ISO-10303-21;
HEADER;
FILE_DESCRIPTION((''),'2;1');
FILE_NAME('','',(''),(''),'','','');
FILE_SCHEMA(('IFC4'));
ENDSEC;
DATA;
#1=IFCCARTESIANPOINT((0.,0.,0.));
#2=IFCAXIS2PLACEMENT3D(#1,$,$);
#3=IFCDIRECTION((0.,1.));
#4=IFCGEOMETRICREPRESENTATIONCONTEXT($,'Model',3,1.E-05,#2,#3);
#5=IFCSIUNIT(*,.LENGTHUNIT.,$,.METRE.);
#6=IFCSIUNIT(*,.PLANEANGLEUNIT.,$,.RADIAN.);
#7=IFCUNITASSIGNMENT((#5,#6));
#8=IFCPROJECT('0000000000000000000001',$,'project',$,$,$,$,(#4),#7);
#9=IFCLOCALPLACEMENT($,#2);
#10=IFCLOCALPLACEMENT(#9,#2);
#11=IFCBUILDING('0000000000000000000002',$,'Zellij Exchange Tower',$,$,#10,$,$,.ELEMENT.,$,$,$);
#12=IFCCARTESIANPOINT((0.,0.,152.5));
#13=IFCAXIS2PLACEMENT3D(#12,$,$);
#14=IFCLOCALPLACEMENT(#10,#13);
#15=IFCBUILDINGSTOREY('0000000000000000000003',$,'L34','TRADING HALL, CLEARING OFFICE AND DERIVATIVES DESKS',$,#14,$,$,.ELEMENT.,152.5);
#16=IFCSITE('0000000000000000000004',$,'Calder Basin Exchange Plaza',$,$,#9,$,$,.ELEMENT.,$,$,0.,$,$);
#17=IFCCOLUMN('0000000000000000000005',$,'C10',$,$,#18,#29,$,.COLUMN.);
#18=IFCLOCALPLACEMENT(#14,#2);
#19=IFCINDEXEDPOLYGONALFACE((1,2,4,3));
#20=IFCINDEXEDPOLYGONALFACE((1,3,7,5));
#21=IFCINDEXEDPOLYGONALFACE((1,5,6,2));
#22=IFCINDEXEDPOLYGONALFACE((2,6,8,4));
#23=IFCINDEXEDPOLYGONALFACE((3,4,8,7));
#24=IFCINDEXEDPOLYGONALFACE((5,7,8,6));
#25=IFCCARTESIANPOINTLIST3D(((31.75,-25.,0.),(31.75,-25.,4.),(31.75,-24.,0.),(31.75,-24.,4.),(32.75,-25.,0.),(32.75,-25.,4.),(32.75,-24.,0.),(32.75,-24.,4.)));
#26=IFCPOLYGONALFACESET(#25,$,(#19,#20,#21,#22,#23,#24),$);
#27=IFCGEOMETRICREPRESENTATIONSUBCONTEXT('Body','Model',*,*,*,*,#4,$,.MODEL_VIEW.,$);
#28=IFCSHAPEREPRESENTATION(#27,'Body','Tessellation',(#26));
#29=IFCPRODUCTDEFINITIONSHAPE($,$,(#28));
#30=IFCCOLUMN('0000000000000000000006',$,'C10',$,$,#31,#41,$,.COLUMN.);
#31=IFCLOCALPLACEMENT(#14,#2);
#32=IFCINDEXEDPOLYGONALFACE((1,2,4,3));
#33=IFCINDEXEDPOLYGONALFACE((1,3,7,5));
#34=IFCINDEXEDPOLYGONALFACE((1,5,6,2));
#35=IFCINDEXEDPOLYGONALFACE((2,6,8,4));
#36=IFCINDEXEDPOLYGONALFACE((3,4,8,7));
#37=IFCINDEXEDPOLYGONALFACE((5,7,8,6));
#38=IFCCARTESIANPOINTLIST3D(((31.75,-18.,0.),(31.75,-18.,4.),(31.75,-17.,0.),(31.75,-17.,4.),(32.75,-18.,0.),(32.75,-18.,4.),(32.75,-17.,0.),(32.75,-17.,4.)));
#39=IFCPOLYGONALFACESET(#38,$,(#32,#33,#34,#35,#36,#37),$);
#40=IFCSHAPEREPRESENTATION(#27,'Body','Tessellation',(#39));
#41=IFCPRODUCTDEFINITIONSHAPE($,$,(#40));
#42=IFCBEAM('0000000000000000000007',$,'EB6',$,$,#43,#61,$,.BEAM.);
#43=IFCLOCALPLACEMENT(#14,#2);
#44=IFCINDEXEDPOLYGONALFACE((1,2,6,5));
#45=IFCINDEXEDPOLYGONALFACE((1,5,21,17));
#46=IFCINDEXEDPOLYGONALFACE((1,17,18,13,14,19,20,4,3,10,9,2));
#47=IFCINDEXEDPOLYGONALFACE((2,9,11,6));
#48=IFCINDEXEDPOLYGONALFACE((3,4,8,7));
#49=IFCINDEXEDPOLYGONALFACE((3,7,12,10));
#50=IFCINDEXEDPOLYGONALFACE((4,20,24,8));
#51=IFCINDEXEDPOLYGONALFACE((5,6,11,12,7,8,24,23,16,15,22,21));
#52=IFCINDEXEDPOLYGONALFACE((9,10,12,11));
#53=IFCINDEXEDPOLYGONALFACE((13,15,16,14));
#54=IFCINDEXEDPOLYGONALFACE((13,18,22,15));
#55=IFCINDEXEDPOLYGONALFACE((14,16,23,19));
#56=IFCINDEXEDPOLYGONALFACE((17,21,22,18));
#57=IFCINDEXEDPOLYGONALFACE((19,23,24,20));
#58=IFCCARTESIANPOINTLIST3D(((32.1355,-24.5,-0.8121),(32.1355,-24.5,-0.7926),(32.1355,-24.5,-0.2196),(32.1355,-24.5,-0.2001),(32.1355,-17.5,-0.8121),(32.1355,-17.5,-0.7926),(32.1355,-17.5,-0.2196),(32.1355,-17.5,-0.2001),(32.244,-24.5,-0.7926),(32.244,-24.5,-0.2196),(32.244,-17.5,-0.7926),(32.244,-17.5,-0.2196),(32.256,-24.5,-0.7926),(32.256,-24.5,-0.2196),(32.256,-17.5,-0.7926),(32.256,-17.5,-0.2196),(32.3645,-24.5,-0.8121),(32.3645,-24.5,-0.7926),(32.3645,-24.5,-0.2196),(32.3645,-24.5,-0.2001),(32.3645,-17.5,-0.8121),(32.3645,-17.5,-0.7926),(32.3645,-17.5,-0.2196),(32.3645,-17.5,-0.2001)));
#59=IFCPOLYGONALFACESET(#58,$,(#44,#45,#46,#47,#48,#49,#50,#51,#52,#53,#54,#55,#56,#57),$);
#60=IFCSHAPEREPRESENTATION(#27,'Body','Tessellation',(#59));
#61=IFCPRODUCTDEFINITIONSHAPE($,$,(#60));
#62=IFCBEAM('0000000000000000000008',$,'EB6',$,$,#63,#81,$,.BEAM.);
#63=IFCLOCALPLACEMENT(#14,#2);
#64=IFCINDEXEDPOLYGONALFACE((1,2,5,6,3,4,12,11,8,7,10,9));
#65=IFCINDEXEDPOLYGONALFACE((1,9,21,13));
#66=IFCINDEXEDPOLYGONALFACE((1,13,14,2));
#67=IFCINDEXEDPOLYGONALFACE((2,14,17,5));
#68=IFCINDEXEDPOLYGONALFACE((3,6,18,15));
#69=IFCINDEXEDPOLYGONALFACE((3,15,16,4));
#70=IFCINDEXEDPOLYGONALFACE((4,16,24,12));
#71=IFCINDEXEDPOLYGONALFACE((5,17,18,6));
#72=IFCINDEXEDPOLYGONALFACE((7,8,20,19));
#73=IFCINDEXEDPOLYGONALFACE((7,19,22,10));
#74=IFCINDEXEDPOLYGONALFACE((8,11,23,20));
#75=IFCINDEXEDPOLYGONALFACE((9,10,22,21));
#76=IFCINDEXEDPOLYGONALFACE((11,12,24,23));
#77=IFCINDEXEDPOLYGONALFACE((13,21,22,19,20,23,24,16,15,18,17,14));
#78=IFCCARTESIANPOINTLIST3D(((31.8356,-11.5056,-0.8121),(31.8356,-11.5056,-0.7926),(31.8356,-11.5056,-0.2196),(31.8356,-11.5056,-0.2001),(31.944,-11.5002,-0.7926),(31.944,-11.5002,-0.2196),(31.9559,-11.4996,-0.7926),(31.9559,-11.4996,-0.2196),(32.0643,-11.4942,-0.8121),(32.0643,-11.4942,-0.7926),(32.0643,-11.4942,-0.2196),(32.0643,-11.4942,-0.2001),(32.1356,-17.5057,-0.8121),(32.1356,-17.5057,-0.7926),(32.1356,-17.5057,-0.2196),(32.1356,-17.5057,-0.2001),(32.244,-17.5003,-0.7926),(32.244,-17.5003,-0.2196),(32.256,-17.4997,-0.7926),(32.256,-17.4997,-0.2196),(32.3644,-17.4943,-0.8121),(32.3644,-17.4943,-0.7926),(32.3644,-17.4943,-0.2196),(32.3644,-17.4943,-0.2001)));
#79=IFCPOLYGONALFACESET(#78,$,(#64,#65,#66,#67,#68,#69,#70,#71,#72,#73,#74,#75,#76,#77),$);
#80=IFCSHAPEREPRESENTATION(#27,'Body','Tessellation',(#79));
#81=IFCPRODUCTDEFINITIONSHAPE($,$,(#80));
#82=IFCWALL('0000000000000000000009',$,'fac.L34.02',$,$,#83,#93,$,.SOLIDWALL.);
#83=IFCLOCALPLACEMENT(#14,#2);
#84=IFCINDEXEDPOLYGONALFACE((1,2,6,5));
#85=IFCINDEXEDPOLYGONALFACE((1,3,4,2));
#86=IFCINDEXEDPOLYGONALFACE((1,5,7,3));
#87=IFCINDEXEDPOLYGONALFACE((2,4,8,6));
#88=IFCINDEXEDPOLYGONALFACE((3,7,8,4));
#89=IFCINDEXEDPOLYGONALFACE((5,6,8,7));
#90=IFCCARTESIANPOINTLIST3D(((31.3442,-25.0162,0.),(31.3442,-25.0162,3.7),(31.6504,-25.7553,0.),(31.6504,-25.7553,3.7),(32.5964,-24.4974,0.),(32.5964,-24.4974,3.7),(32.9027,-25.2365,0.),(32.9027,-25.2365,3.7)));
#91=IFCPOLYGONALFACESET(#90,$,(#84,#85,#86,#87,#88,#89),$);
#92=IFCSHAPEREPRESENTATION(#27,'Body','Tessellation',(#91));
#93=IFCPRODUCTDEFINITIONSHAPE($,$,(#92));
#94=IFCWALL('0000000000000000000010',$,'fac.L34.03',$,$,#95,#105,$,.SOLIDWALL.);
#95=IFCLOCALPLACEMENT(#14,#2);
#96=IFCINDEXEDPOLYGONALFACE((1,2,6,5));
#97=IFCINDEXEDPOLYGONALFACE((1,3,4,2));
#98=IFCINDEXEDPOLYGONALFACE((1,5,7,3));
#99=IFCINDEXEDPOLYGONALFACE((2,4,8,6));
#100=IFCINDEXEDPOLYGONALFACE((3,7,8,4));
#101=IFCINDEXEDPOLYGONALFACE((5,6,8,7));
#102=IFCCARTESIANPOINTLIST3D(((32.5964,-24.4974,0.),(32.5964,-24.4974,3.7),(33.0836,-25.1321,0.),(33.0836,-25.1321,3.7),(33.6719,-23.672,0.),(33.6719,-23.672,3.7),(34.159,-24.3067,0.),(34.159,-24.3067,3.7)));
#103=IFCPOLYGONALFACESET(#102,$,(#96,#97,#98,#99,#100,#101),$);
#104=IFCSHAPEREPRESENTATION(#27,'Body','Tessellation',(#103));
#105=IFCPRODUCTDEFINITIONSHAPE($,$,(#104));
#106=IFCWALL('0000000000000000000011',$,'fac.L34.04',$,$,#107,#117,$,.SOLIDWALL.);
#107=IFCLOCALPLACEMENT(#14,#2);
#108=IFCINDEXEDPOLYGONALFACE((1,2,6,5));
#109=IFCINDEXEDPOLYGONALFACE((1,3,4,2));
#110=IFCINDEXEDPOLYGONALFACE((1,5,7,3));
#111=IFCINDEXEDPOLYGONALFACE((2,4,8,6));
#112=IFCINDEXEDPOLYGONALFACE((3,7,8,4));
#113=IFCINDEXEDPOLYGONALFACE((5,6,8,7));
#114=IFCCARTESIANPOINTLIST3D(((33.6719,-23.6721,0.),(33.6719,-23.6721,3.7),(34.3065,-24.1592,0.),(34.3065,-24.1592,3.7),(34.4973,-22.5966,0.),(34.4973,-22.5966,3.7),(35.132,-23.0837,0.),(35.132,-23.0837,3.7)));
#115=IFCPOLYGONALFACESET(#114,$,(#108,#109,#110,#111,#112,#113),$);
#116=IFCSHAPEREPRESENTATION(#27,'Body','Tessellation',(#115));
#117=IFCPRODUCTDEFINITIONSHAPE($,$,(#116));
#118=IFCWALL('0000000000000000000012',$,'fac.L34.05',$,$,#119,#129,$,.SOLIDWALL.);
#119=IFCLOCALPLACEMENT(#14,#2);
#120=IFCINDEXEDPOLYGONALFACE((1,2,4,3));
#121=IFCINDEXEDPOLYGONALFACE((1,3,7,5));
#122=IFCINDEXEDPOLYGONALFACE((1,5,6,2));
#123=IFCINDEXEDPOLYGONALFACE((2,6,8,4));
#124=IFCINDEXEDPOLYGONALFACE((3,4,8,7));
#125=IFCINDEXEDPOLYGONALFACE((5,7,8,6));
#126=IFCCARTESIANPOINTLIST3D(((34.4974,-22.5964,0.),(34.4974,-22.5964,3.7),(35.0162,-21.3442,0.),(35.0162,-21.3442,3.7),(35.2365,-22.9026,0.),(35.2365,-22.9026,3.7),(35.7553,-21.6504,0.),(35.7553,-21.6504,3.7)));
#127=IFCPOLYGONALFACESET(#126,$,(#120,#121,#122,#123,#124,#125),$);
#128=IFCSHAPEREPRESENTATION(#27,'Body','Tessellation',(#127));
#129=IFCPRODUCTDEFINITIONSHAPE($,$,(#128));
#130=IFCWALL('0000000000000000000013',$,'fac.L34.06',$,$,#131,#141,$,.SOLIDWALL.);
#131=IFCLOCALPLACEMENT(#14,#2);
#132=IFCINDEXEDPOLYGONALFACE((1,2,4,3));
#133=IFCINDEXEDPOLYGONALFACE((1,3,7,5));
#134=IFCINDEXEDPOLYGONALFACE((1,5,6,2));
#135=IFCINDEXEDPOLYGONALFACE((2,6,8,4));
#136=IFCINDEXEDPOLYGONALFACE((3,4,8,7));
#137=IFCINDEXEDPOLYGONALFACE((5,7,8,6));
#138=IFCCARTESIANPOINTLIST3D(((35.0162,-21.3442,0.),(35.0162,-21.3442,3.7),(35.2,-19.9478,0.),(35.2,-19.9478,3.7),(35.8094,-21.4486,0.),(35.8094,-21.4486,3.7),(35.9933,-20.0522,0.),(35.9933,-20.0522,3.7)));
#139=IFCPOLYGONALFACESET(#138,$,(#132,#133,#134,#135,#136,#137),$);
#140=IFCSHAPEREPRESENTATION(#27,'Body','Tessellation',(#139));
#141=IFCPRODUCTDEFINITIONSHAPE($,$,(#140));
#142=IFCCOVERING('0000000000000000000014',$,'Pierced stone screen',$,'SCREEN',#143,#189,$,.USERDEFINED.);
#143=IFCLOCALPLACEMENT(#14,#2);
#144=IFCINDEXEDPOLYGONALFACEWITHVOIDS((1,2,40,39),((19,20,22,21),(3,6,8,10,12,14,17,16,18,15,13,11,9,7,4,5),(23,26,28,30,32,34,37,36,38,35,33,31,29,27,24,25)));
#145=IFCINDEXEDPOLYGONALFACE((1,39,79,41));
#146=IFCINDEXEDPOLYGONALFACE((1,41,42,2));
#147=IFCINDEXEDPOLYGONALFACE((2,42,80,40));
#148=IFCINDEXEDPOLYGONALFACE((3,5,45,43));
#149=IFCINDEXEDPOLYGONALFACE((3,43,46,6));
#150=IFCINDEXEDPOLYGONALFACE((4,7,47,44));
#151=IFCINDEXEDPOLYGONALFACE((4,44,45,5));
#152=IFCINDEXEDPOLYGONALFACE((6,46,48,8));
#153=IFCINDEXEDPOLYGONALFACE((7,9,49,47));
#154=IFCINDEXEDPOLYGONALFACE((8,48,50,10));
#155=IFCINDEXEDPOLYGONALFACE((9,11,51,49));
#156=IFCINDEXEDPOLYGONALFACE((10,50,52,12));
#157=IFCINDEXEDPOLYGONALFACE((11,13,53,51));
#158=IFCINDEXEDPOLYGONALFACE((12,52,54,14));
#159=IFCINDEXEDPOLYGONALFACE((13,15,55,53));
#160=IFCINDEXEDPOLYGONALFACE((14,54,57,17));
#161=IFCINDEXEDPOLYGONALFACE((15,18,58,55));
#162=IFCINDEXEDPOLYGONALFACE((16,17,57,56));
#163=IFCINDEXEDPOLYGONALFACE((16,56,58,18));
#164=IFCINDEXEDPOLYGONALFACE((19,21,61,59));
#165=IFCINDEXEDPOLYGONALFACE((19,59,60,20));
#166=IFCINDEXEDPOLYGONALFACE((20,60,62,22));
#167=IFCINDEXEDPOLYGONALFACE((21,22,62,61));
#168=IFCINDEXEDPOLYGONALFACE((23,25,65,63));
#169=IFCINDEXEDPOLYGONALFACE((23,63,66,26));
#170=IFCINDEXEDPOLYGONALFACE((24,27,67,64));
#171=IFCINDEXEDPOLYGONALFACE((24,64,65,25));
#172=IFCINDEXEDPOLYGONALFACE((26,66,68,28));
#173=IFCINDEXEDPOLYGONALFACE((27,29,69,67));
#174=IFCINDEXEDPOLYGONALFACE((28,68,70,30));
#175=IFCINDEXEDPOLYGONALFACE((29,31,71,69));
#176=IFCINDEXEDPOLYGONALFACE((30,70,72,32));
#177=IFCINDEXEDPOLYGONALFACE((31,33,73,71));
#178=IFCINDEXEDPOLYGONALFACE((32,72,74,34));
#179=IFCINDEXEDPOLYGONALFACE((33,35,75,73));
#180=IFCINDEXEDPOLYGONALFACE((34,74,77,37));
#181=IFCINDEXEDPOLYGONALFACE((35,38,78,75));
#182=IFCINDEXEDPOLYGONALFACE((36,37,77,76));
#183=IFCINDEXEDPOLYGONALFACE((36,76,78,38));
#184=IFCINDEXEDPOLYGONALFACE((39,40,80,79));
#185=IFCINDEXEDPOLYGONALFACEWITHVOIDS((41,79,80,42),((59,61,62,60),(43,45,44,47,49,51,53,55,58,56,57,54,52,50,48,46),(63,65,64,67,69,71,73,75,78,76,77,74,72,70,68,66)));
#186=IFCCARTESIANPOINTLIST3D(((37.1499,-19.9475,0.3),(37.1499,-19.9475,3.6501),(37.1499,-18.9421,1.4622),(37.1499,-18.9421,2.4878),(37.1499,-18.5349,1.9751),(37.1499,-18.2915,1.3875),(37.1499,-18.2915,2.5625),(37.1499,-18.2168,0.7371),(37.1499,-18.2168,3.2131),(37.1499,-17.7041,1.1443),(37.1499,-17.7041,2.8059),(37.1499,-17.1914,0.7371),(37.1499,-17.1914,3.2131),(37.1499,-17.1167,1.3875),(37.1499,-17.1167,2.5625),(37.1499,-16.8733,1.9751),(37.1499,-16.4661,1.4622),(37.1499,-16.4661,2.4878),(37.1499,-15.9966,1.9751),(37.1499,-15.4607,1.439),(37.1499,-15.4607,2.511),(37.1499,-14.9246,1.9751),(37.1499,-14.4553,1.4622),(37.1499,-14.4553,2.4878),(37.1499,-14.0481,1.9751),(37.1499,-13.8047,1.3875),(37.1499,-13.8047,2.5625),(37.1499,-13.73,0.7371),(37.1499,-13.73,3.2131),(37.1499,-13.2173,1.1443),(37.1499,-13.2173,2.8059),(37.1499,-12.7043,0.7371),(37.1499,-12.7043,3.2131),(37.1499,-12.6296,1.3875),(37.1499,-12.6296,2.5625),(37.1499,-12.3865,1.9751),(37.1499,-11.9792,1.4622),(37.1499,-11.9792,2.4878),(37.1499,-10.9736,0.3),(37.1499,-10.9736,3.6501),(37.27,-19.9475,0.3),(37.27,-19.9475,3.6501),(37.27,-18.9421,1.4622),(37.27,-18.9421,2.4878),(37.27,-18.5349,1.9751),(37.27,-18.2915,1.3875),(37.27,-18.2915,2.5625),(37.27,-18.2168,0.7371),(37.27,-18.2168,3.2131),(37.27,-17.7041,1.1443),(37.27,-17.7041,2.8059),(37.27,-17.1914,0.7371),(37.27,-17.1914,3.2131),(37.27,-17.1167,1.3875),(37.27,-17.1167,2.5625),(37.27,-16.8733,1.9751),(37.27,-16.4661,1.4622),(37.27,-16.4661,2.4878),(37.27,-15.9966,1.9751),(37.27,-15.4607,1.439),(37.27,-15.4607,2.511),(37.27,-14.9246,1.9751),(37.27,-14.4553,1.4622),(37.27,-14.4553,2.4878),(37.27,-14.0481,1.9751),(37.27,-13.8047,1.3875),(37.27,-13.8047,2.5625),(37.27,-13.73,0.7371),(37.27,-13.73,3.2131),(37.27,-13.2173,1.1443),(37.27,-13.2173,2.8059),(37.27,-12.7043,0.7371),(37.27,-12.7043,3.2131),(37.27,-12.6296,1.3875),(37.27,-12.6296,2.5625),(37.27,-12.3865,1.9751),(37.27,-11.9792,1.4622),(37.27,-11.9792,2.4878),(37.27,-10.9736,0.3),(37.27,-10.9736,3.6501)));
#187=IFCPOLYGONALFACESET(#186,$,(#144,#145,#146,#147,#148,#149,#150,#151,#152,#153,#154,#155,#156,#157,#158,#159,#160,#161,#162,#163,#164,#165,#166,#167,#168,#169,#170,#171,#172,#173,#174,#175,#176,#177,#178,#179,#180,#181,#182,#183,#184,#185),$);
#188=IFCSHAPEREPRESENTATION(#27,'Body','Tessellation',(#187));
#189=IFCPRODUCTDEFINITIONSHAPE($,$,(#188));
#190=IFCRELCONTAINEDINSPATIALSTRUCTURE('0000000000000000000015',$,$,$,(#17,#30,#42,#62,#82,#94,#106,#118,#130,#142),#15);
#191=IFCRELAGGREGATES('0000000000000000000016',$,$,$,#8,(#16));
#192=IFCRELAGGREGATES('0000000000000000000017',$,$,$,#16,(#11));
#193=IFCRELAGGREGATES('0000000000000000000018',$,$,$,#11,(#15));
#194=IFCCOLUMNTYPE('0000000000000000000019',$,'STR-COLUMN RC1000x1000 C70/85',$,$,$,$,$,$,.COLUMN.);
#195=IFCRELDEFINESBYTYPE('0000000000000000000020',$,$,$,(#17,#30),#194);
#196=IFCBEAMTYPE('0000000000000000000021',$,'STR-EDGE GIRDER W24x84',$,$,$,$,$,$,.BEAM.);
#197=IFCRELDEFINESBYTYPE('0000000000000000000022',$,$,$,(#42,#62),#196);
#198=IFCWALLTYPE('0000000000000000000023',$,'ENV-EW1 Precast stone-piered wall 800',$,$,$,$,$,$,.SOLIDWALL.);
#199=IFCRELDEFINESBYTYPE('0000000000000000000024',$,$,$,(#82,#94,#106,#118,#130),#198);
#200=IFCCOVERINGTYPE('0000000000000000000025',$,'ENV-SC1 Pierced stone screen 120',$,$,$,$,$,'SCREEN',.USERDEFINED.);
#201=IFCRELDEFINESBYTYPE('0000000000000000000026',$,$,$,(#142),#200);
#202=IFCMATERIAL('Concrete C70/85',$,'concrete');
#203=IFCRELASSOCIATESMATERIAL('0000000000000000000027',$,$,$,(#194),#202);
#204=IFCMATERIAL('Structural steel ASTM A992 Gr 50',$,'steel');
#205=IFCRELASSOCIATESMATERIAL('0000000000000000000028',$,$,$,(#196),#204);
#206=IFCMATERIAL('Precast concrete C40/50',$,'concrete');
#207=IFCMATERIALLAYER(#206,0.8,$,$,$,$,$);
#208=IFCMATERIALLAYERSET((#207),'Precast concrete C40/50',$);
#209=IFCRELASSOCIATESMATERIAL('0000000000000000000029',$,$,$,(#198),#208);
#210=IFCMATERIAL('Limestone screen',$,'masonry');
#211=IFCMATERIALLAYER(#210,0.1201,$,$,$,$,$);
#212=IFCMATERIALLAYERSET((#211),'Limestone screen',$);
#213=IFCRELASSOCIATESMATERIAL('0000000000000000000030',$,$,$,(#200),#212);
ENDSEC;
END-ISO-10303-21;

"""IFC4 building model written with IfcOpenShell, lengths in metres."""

from ifc_helpers import new_model, si_unit, direction, frame, frame_2d, origin, origin_2d, place, context, subcontext, project, spatial, polyline, rectangle, i_section, outline, extrude, material, layer, layer_set, material_profile, profile_set, type_object, element, save


model = new_model("IFC4")

# Units and contexts
model_context = context("Model", 3, precision=1e-05, world=origin(), true_north=direction((0.0, 1.0)))
body_context = subcontext(model_context, "Body", "Model", "MODEL_VIEW")
ifc_project = project(units=[si_unit("LENGTHUNIT", "METRE"), si_unit("PLANEANGLEUNIT", "RADIAN")], contexts=[model_context])

# Site, building, storey
site_placement = place(None, origin())
site = spatial("IfcSite", under=ifc_project, at=site_placement, Name="Calder Basin Exchange Plaza", CompositionType="ELEMENT", RefElevation=0.0)
building_placement = place(site_placement, origin())
building = spatial("IfcBuilding", under=site, at=building_placement, Name="Zellij Exchange Tower", CompositionType="ELEMENT")
storey_placement = place(building_placement, frame((0.0, 0.0, 152.5)))
storey = spatial("IfcBuildingStorey", under=building, at=storey_placement, Name="L34", Description="TRADING HALL, CLEARING OFFICE AND DERIVATIVES DESKS", CompositionType="ELEMENT", Elevation=152.5)

# Columns
ifc_material_1 = material(Name="Concrete C70/85", Category="concrete")
ifc_material_profile_1 = material_profile(ifc_material_1, rectangle(XDim=1.0, YDim=1.0, at=origin_2d()), Name="STR-COLUMN RC1000x1000 C70/85")
ifc_profile_set_1 = profile_set([ifc_material_profile_1], Name="Concrete C70/85")
column_type = type_object("IfcColumnType", Name="STR-COLUMN RC1000x1000 C70/85", PredefinedType="COLUMN", material=ifc_profile_set_1)
for number, where, z_axis, x_axis, name in (
    (1, (32.25, -24.5, 0.0), (0.0, 0.0, 1.0), (1.0, 0.0, 0.0), "C10"),
    (2, (32.25, -17.5, 0.0), (0.0, 0.0, 1.0), (1.0, 0.0, 0.0), "C10"),
):
    element("IfcColumn", number, at=place(storey_placement, frame(where, z_axis=z_axis, x_axis=x_axis)), inside=storey, type_object=column_type, Name=name, PredefinedType="COLUMN", context=body_context, shape_type="SweptSolid", body=[
        extrude(rectangle(XDim=1.0, YDim=1.0, at=origin_2d()), origin(), (0.0, 0.0, 1.0), 4.0),
    ])

# Beams
ifc_material_2 = material(Name="Structural steel ASTM A992 Gr 50", Category="steel")
ifc_material_profile_2 = material_profile(ifc_material_2, i_section(OverallWidth=0.229, OverallDepth=0.6121, WebThickness=0.012, FlangeThickness=0.0195, at=origin_2d()), Name="W24x84")
ifc_profile_set_2 = profile_set([ifc_material_profile_2], Name="Structural steel ASTM A992 Gr 50")
beam_type = type_object("IfcBeamType", Name="STR-EDGE GIRDER W24x84", PredefinedType="BEAM", material=ifc_profile_set_2)
beam_1_placement = place(storey_placement, frame((32.25, -24.5, -0.5061), z_axis=(0.0, 1.0, 0.0), x_axis=(-1.0, 0.0, 0.0)))
element("IfcBeam", 3, at=beam_1_placement, inside=storey, type_object=beam_type, Name="EB6", PredefinedType="BEAM", context=body_context, shape_type="SweptSolid", body=[
    extrude(i_section(OverallWidth=0.229, OverallDepth=0.6121, WebThickness=0.012, FlangeThickness=0.0195, at=origin_2d()), origin(), (0.0, 0.0, 1.0), 7.0),
])
beam_2_placement = place(storey_placement, frame((32.25, -17.5, -0.5061), z_axis=(-0.049946, 0.998752, 0.0), x_axis=(-0.998752, -0.049946, 0.0)))
element("IfcBeam", 4, at=beam_2_placement, inside=storey, type_object=beam_type, Name="EB6", PredefinedType="BEAM", context=body_context, shape_type="SweptSolid", body=[
    extrude(i_section(OverallWidth=0.229, OverallDepth=0.6121, WebThickness=0.012, FlangeThickness=0.0195, at=origin_2d()), origin(), (0.0, 0.0, 1.0), 6.0076),
])

# Walls
ifc_material_3 = material(Name="Precast concrete C40/50", Category="concrete")
ifc_layer_1 = layer(ifc_material_3, 0.8)
ifc_layer_set_1 = layer_set([ifc_layer_1], Name="Precast concrete C40/50")
wall_type = type_object("IfcWallType", Name="ENV-EW1 Precast stone-piered wall 800", PredefinedType="SOLIDWALL", material=ifc_layer_set_1)
wall_1_placement = place(storey_placement, frame((31.4973, -25.3857, 0.0), z_axis=(0.0, 0.0, 1.0), x_axis=(0.923848, 0.38276, 0.0)))
element("IfcWall", 5, at=wall_1_placement, inside=storey, type_object=wall_type, Name="fac.L34.02", PredefinedType="SOLIDWALL", context=body_context, shape_type="SweptSolid", body=[
    extrude(rectangle(XDim=1.3555, YDim=0.8, at=frame_2d((0.6777, 0.0))), origin(), (0.0, 0.0, 1.0), 3.7),
])
for number, where, z_axis, x_axis, name in (
    (6, (32.8401, -24.8147, 0.0), (0.0, 0.0, 1.0), (0.793273, 0.608866, 0.0), "fac.L34.03"),
    (7, (33.9893, -23.9155, 0.0), (0.0, 0.0, 1.0), (0.608866, 0.793273, 0.0), "fac.L34.04"),
):
    element("IfcWall", number, at=place(storey_placement, frame(where, z_axis=z_axis, x_axis=x_axis)), inside=storey, type_object=wall_type, Name=name, PredefinedType="SOLIDWALL", context=body_context, shape_type="SweptSolid", body=[
        extrude(rectangle(XDim=1.3557, YDim=0.8, at=frame_2d((0.6777, 0.0))), origin(), (0.0, 0.0, 1.0), 3.7),
    ])
wall_2_placement = place(storey_placement, frame((34.8669, -22.7495, 0.0), z_axis=(0.0, 0.0, 1.0), x_axis=(0.38276, 0.923848, 0.0)))
element("IfcWall", 8, at=wall_2_placement, inside=storey, type_object=wall_type, Name="fac.L34.05", PredefinedType="SOLIDWALL", context=body_context, shape_type="SweptSolid", body=[
    extrude(rectangle(XDim=1.3555, YDim=0.8, at=frame_2d((0.6777, 0.0))), origin(), (0.0, 0.0, 1.0), 3.7),
])
wall_3_placement = place(storey_placement, frame((35.4128, -21.3962, 0.0), z_axis=(0.0, 0.0, 1.0), x_axis=(0.130517, 0.991446, 0.0)))
element("IfcWall", 9, at=wall_3_placement, inside=storey, type_object=wall_type, Name="fac.L34.06", PredefinedType="SOLIDWALL", context=body_context, shape_type="SweptSolid", body=[
    extrude(rectangle(XDim=1.4084, YDim=0.8, at=frame_2d((0.7041, 0.0))), origin(), (0.0, 0.0, 1.0), 3.7),
])

# Covering
ifc_material_4 = material(Name="Limestone screen", Category="masonry")
ifc_layer_2 = layer(ifc_material_4, 0.1201)
ifc_layer_set_2 = layer_set([ifc_layer_2], Name="Limestone screen")
covering_type = type_object("IfcCoveringType", Name="ENV-SC1 Pierced stone screen 120", ElementType="SCREEN", PredefinedType="USERDEFINED", material=ifc_layer_set_2)
covering_placement = place(storey_placement, frame((37.21, -19.9475, 0.3), z_axis=(0.0, 0.0, 1.0), x_axis=(0.0, 1.0, 0.0)))
element("IfcCovering", 10, at=covering_placement, inside=storey, type_object=covering_type, Name="Pierced stone screen", ObjectType="SCREEN", PredefinedType="USERDEFINED", context=body_context, shape_type="SweptSolid", body=[
    extrude(outline(polyline([(0.0, 0.0), (8.9739, 0.0), (8.9739, 3.3501), (0.0, 3.3501), (0.0, 0.0)]), holes=[polyline([(3.4814, 2.1877), (2.8308, 2.2625), (2.7561, 2.9131), (2.2434, 2.5059), (1.7307, 2.9131), (1.656, 2.2625), (1.0054, 2.1877), (1.4126, 1.675), (1.0054, 1.1621), (1.656, 1.0874), (1.7307, 0.437), (2.2434, 0.8442), (2.7561, 0.437), (2.8308, 1.0874), (3.4814, 1.1621), (3.0742, 1.675), (3.4814, 2.1877)]), polyline([(7.9683, 2.1877), (7.3179, 2.2625), (7.2432, 2.9131), (6.7302, 2.5059), (6.2175, 2.9131), (6.1428, 2.2625), (5.4922, 2.1877), (5.8994, 1.675), (5.4922, 1.1621), (6.1428, 1.0874), (6.2175, 0.437), (6.7302, 0.8442), (7.2432, 0.437), (7.3179, 1.0874), (7.9683, 1.1621), (7.561, 1.675), (7.9683, 2.1877)]), polyline([(5.0229, 1.675), (4.4868, 2.2109), (3.9509, 1.675), (4.4868, 1.1389), (5.0229, 1.675)])]), frame((0.0, 0.0601, 0.0), z_axis=(0.0, -1.0, 0.0), x_axis=(1.0, 0.0, 0.0)), (0.0, 0.0, 1.0), 0.1201),
])

save(model, "model.ifc")
